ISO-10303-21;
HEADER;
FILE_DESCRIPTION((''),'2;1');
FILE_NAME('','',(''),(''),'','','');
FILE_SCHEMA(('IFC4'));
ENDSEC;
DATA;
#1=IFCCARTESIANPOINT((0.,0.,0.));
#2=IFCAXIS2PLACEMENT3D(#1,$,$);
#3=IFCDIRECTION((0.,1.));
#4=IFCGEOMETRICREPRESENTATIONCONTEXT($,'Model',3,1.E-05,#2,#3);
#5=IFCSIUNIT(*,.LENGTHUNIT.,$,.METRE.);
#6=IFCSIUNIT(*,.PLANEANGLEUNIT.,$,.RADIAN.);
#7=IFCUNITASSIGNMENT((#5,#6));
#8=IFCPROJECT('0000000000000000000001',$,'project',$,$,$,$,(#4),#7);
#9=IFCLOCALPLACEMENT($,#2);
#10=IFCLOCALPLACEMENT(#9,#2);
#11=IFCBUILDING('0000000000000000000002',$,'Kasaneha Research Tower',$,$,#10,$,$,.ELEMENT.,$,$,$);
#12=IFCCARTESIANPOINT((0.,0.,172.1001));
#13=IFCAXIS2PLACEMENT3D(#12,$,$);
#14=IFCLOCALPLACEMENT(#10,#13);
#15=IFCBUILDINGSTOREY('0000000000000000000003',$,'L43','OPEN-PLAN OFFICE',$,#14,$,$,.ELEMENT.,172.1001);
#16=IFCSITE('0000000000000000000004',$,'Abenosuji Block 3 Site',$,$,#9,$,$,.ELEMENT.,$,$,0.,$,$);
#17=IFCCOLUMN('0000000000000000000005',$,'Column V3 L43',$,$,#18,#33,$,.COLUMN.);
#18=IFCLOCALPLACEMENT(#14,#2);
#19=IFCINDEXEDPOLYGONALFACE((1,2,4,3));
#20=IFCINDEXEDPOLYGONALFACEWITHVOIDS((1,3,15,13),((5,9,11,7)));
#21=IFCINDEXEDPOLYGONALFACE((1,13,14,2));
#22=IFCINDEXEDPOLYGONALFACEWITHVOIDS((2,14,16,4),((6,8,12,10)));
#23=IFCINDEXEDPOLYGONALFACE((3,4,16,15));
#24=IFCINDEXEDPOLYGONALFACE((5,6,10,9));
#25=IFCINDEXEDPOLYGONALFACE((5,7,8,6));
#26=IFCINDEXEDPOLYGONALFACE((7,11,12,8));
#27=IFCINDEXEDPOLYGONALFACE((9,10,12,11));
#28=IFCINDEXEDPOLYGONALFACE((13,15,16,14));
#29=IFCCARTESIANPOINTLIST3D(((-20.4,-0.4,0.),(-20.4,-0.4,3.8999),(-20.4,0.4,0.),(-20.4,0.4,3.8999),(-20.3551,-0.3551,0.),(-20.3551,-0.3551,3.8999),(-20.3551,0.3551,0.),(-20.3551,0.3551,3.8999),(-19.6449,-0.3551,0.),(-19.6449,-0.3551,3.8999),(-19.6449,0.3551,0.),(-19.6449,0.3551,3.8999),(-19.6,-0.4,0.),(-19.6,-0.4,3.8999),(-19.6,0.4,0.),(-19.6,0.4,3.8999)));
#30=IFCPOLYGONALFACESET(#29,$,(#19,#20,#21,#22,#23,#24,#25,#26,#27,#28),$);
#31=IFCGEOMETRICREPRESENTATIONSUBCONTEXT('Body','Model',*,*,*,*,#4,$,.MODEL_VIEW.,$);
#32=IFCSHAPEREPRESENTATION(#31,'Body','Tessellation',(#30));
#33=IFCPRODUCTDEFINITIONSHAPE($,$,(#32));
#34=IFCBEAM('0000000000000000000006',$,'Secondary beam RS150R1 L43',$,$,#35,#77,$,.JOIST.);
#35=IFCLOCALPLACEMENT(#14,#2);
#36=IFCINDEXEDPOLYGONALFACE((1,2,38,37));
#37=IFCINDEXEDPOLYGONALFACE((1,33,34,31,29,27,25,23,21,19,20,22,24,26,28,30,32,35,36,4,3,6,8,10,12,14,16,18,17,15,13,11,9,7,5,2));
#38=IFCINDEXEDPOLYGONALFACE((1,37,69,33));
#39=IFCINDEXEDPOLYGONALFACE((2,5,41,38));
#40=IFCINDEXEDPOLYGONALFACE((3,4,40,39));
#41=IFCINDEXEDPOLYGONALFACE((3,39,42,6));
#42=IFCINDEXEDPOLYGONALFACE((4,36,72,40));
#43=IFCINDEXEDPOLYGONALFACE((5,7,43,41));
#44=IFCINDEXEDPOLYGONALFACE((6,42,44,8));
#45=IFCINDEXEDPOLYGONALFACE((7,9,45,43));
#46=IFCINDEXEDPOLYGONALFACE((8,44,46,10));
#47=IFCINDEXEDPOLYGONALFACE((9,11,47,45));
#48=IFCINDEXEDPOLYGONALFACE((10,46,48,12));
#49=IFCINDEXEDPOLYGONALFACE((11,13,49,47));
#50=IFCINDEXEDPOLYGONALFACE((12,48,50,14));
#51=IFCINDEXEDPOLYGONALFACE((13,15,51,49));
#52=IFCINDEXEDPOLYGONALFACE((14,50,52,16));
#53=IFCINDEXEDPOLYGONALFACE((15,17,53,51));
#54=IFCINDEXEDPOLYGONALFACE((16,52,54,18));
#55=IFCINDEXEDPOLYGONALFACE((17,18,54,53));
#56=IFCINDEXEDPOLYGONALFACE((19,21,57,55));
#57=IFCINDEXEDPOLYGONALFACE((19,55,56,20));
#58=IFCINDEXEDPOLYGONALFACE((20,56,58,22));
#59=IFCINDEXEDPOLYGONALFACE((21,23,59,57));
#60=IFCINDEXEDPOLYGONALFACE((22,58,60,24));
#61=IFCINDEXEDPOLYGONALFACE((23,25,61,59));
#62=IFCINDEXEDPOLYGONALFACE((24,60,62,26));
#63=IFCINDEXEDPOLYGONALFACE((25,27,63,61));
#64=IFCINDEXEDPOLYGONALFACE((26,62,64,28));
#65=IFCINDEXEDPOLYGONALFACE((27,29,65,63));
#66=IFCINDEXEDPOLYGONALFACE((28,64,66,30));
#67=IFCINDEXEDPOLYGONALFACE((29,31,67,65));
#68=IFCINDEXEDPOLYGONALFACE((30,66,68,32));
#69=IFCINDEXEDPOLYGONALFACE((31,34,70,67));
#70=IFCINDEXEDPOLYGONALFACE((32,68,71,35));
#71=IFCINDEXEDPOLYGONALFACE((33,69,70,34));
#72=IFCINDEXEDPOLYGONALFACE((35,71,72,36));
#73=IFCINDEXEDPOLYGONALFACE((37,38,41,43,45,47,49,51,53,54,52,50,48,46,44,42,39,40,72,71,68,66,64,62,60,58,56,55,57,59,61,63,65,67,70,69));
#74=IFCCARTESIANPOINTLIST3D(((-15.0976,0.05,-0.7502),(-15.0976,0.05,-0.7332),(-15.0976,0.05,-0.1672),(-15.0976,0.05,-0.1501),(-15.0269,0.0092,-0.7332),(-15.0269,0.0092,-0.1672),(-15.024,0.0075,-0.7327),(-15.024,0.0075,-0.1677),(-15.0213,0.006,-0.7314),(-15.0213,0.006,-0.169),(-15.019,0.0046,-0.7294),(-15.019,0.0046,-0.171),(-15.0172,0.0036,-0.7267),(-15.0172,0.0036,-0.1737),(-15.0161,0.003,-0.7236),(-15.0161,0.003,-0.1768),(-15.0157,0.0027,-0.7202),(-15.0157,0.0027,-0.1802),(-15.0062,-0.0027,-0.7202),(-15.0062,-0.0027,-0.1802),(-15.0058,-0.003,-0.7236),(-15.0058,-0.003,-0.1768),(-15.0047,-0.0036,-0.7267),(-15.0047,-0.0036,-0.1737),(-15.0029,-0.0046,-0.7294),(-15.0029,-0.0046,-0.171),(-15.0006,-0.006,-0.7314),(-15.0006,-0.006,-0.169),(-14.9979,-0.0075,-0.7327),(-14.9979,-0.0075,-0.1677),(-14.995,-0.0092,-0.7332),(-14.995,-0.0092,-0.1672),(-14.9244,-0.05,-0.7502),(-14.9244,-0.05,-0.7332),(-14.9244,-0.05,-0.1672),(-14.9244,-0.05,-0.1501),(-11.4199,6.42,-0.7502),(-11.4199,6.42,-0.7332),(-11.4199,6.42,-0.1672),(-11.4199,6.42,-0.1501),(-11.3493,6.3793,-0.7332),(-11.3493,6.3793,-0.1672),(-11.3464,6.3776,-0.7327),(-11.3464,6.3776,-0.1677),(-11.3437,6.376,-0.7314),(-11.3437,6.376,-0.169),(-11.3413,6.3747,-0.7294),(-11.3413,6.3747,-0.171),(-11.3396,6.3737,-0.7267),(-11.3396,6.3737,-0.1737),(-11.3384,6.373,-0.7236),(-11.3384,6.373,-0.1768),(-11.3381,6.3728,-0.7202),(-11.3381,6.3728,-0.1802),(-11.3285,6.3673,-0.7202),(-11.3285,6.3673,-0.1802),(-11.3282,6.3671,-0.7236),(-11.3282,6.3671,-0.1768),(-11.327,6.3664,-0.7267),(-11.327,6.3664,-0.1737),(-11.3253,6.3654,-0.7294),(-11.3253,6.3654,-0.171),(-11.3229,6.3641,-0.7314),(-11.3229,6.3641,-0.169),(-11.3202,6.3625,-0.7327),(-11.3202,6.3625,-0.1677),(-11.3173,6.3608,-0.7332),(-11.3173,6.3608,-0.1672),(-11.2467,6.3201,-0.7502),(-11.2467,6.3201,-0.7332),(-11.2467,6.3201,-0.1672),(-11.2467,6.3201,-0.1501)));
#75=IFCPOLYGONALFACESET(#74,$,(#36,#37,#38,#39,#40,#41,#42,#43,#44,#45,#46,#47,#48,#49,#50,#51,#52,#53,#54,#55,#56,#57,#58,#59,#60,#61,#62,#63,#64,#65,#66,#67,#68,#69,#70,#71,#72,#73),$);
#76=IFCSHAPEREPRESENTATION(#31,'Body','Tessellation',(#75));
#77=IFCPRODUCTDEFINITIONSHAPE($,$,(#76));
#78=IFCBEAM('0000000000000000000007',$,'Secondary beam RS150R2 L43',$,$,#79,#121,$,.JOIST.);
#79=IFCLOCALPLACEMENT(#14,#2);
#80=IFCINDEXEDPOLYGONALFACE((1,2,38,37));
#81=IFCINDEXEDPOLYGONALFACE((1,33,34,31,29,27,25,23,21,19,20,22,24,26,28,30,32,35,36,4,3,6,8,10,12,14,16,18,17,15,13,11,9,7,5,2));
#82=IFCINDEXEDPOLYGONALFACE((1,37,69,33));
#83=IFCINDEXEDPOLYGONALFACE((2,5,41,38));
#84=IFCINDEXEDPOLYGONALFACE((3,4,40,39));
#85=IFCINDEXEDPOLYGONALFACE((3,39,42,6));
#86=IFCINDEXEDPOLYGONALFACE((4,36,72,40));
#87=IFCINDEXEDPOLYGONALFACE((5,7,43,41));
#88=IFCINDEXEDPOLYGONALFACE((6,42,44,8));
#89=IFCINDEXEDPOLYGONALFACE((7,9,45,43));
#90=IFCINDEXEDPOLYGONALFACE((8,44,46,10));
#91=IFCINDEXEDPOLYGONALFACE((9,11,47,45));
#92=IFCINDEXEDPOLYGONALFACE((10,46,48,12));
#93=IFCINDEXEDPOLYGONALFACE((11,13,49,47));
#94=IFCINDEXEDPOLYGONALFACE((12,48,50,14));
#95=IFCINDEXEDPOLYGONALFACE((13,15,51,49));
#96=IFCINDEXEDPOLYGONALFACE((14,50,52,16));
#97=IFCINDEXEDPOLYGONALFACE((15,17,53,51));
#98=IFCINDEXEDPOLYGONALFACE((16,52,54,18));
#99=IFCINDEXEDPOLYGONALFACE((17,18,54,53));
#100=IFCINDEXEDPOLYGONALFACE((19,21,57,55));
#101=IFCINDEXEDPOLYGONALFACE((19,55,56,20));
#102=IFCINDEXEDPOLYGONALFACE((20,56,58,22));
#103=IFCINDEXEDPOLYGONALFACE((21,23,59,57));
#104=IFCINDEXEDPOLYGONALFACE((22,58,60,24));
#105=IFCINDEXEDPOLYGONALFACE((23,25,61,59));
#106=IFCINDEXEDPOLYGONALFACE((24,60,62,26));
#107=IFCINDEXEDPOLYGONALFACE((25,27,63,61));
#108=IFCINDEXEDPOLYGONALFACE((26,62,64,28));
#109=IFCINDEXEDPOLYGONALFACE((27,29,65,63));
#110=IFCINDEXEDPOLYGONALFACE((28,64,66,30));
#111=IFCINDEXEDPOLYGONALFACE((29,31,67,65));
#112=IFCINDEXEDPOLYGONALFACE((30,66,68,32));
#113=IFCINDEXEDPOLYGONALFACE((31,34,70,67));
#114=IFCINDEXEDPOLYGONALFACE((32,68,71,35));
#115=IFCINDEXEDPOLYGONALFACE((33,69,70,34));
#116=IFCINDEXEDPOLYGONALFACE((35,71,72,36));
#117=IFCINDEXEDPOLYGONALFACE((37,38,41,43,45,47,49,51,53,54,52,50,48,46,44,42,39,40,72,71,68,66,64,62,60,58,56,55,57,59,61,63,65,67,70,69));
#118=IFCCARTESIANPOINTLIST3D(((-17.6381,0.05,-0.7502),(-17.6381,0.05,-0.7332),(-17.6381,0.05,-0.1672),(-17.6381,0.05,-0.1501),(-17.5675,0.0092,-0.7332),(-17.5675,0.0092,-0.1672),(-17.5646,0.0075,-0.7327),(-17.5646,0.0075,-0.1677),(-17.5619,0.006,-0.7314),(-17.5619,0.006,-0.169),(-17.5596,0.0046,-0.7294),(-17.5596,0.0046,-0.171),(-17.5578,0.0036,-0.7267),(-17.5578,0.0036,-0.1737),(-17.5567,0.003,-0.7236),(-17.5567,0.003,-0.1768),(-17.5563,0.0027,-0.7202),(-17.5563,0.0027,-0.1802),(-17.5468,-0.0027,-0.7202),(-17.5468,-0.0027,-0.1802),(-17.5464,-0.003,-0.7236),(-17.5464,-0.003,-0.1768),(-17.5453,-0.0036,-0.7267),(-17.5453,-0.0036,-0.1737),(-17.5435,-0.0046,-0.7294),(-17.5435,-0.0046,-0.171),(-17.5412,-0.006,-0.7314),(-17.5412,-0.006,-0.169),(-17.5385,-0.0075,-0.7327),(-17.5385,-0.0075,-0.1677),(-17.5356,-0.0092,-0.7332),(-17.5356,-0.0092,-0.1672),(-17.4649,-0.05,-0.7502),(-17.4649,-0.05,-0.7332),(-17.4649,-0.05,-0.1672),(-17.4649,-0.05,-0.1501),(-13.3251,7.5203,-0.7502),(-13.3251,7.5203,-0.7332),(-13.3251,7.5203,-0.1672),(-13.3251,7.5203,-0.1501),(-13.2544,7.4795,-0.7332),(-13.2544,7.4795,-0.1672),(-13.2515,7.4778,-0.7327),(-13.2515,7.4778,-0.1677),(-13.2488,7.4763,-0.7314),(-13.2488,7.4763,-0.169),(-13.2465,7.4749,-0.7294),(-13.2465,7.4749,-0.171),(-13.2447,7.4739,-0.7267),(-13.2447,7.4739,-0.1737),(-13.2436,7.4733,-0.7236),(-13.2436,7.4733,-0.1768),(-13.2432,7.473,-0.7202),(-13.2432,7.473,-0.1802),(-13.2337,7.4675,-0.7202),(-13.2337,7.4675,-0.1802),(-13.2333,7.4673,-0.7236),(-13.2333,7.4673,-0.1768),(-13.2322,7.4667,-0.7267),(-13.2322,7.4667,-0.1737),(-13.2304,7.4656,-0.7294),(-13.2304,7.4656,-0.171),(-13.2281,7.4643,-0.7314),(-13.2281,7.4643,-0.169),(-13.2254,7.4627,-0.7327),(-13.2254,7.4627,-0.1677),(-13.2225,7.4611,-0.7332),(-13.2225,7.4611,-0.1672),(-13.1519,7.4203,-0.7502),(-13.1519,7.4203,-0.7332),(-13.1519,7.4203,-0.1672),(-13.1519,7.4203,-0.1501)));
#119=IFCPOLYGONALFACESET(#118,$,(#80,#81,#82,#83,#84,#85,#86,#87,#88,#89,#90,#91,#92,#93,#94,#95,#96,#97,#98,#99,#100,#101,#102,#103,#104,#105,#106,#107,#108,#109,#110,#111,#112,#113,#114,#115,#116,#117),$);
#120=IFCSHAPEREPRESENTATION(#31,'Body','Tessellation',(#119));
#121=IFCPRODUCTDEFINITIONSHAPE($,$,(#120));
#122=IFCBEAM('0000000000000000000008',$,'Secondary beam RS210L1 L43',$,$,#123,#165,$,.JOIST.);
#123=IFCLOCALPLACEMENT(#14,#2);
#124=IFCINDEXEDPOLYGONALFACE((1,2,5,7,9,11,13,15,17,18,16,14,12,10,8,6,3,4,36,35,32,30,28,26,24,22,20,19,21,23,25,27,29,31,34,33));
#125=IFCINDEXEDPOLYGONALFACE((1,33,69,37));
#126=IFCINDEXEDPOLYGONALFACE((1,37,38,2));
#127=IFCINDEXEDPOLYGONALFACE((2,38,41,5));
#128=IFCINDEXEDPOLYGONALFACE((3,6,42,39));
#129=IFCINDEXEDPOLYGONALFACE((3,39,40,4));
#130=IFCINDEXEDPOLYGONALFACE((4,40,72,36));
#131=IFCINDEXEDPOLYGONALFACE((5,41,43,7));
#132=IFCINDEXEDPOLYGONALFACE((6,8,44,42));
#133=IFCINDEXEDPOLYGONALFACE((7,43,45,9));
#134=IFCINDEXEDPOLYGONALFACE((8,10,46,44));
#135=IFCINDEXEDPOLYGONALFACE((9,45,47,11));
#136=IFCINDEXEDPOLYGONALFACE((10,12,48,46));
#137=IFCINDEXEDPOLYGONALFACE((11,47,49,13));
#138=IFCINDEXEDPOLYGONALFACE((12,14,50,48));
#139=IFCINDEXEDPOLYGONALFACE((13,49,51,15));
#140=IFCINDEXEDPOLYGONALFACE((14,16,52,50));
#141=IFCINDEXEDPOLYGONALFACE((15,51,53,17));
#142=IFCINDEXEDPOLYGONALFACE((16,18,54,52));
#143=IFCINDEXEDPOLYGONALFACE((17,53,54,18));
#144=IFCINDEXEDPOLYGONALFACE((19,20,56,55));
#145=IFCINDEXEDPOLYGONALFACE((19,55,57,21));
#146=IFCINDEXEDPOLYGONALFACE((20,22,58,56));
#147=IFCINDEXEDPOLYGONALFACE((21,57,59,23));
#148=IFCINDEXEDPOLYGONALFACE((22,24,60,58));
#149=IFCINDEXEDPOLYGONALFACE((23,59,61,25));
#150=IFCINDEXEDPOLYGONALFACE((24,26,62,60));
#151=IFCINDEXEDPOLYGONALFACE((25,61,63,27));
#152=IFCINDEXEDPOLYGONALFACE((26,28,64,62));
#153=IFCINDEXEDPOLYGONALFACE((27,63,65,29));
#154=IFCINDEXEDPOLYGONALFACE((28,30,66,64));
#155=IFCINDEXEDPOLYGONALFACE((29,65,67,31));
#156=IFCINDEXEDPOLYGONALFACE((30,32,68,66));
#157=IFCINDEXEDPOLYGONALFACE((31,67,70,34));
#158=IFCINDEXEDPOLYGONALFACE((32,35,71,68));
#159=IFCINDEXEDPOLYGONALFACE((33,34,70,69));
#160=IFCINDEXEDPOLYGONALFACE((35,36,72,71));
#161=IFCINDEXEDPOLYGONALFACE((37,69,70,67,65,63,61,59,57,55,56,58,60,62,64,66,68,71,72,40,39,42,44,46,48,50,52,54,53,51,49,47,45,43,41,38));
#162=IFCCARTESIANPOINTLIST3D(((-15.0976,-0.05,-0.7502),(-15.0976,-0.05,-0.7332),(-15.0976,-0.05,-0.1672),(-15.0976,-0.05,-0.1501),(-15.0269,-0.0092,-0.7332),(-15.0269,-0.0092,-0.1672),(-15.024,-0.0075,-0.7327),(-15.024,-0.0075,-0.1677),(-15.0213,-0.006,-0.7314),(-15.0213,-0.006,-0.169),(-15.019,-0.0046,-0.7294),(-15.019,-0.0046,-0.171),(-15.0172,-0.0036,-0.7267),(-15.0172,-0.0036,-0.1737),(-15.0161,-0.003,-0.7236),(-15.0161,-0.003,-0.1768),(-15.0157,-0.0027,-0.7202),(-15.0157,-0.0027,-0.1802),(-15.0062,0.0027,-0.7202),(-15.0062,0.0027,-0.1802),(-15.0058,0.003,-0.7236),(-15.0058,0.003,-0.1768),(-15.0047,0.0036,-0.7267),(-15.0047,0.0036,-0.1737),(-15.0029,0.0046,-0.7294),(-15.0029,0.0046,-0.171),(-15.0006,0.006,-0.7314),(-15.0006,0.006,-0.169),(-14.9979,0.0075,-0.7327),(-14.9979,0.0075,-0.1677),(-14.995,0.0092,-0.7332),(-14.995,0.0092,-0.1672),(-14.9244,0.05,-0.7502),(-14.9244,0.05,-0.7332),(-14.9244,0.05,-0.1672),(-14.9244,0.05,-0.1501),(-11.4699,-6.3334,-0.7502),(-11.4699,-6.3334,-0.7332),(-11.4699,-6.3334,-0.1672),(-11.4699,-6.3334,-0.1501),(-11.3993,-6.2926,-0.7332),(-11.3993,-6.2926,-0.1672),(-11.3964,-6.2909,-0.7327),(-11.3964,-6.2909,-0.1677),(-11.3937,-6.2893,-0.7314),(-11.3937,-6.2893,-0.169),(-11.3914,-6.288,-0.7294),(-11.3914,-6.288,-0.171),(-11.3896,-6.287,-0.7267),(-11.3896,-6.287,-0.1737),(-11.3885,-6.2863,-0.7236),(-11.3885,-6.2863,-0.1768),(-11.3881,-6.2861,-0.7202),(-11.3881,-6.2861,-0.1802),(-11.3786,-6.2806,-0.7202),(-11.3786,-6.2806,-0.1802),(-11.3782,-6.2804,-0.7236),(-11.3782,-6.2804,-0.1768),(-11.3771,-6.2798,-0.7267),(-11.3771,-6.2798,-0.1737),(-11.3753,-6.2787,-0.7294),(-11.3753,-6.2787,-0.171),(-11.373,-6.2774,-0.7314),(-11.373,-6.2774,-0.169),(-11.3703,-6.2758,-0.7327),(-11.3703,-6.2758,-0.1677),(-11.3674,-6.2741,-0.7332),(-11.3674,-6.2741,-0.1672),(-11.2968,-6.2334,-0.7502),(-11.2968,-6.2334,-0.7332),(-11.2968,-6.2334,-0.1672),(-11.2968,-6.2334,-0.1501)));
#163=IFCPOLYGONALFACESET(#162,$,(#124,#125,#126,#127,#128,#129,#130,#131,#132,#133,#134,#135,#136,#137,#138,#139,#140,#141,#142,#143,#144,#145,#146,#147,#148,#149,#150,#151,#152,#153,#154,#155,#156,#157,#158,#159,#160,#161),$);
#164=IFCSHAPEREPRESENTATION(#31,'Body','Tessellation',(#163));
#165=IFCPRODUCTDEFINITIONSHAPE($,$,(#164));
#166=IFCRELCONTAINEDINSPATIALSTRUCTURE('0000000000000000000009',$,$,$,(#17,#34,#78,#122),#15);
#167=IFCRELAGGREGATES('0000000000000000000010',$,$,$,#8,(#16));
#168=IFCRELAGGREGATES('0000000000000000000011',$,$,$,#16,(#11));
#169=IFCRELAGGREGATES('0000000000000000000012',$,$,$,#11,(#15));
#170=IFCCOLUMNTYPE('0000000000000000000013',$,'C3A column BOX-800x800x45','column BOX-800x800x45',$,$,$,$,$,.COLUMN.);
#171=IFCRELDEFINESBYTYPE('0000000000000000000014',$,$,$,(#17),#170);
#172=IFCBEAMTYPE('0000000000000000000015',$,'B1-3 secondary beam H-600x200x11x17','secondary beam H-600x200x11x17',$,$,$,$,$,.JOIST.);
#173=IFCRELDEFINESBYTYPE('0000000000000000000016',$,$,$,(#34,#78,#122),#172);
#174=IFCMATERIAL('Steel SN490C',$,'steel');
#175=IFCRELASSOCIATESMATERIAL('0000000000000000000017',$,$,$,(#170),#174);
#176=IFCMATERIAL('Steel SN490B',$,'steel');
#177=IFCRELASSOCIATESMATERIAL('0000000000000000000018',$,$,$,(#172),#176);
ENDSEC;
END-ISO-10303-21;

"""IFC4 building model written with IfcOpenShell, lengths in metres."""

from ifc_helpers import new_model, si_unit, direction, frame, origin, origin_2d, place, context, subcontext, project, spatial, hollow_rectangle, i_section, extrude, material, material_profile, profile_set, type_object, element, save


model = new_model("IFC4")

# Units and contexts
model_context = context("Model", 3, precision=1e-05, world=origin(), true_north=direction((0.0, 1.0)))
body_context = subcontext(model_context, "Body", "Model", "MODEL_VIEW")
ifc_project = project(units=[si_unit("LENGTHUNIT", "METRE"), si_unit("PLANEANGLEUNIT", "RADIAN")], contexts=[model_context])

# Site, building, storey
site_placement = place(None, origin())
site = spatial("IfcSite", under=ifc_project, at=site_placement, Name="Abenosuji Block 3 Site", CompositionType="ELEMENT", RefElevation=0.0)
building_placement = place(site_placement, origin())
building = spatial("IfcBuilding", under=site, at=building_placement, Name="Kasaneha Research Tower", CompositionType="ELEMENT")
storey_placement = place(building_placement, frame((0.0, 0.0, 172.1001)))
storey = spatial("IfcBuildingStorey", under=building, at=storey_placement, Name="L43", Description="OPEN-PLAN OFFICE", CompositionType="ELEMENT", Elevation=172.1001)

# Column
ifc_material_1 = material(Name="Steel SN490C", Category="steel")
ifc_material_profile_1 = material_profile(ifc_material_1, hollow_rectangle(XDim=0.8, YDim=0.8, WallThickness=0.0449, at=origin_2d()), Name="BOX-800x800x45")
ifc_profile_set_1 = profile_set([ifc_material_profile_1], Name="Steel SN490C")
column_type = type_object("IfcColumnType", Name="C3A column BOX-800x800x45", Description="column BOX-800x800x45", PredefinedType="COLUMN", material=ifc_profile_set_1)
column_placement = place(storey_placement, frame((-20.0, 0.0, 0.0), z_axis=(0.0, 0.0, 1.0), x_axis=(1.0, 0.0, 0.0)))
element("IfcColumn", 1, at=column_placement, inside=storey, type_object=column_type, Name="Column V3 L43", PredefinedType="COLUMN", context=body_context, shape_type="SweptSolid", body=[
    extrude(hollow_rectangle(XDim=0.8, YDim=0.8, WallThickness=0.0449, at=origin_2d()), origin(), (0.0, 0.0, 1.0), 3.8999),
])

# Beams
ifc_material_2 = material(Name="Steel SN490B", Category="steel")
ifc_material_profile_2 = material_profile(ifc_material_2, i_section(OverallWidth=0.2, OverallDepth=0.6001, WebThickness=0.011, FlangeThickness=0.0171, FilletRadius=0.0129, at=origin_2d()), Name="H-600x200x11x17")
ifc_profile_set_2 = profile_set([ifc_material_profile_2], Name="Steel SN490B")
beam_type_1 = type_object("IfcBeamType", Name="B1-3 secondary beam H-600x200x11x17", Description="secondary beam H-600x200x11x17", PredefinedType="JOIST", material=ifc_profile_set_2)
beam_1_placement = place(storey_placement, frame((-15.011, 0.0, -0.4502), z_axis=(0.499994, 0.866029, 0.0), x_axis=(-0.866029, 0.499994, 0.0)))
element("IfcBeam", 2, at=beam_1_placement, inside=storey, type_object=beam_type_1, Name="Secondary beam RS150R1 L43", PredefinedType="JOIST", context=body_context, shape_type="SweptSolid", body=[
    extrude(i_section(OverallWidth=0.2, OverallDepth=0.6001, WebThickness=0.011, FlangeThickness=0.0171, FilletRadius=0.0129, at=origin_2d()), origin(), (0.0, 0.0, 1.0), 7.3555),
])
beam_2_placement = place(storey_placement, frame((-17.5515, 0.0, -0.4502), z_axis=(0.500005, 0.866023, 0.0), x_axis=(-0.866023, 0.500005, 0.0)))
element("IfcBeam", 3, at=beam_2_placement, inside=storey, type_object=beam_type_1, Name="Secondary beam RS150R2 L43", PredefinedType="JOIST", context=body_context, shape_type="SweptSolid", body=[
    extrude(i_section(OverallWidth=0.2, OverallDepth=0.6001, WebThickness=0.011, FlangeThickness=0.0171, FilletRadius=0.0129, at=origin_2d()), origin(), (0.0, 0.0, 1.0), 8.626),
])
beam_3_placement = place(storey_placement, frame((-15.011, 0.0, -0.4502), z_axis=(0.499993, -0.866029, 0.0), x_axis=(0.866029, 0.499993, 0.0)))
element("IfcBeam", 4, at=beam_3_placement, inside=storey, type_object=beam_type_1, Name="Secondary beam RS210L1 L43", PredefinedType="JOIST", context=body_context, shape_type="SweptSolid", body=[
    extrude(i_section(OverallWidth=0.2, OverallDepth=0.6001, WebThickness=0.011, FlangeThickness=0.0171, FilletRadius=0.0129, at=origin_2d()), origin(), (0.0, 0.0, 1.0), 7.2554),
])

save(model, "model.ifc")
